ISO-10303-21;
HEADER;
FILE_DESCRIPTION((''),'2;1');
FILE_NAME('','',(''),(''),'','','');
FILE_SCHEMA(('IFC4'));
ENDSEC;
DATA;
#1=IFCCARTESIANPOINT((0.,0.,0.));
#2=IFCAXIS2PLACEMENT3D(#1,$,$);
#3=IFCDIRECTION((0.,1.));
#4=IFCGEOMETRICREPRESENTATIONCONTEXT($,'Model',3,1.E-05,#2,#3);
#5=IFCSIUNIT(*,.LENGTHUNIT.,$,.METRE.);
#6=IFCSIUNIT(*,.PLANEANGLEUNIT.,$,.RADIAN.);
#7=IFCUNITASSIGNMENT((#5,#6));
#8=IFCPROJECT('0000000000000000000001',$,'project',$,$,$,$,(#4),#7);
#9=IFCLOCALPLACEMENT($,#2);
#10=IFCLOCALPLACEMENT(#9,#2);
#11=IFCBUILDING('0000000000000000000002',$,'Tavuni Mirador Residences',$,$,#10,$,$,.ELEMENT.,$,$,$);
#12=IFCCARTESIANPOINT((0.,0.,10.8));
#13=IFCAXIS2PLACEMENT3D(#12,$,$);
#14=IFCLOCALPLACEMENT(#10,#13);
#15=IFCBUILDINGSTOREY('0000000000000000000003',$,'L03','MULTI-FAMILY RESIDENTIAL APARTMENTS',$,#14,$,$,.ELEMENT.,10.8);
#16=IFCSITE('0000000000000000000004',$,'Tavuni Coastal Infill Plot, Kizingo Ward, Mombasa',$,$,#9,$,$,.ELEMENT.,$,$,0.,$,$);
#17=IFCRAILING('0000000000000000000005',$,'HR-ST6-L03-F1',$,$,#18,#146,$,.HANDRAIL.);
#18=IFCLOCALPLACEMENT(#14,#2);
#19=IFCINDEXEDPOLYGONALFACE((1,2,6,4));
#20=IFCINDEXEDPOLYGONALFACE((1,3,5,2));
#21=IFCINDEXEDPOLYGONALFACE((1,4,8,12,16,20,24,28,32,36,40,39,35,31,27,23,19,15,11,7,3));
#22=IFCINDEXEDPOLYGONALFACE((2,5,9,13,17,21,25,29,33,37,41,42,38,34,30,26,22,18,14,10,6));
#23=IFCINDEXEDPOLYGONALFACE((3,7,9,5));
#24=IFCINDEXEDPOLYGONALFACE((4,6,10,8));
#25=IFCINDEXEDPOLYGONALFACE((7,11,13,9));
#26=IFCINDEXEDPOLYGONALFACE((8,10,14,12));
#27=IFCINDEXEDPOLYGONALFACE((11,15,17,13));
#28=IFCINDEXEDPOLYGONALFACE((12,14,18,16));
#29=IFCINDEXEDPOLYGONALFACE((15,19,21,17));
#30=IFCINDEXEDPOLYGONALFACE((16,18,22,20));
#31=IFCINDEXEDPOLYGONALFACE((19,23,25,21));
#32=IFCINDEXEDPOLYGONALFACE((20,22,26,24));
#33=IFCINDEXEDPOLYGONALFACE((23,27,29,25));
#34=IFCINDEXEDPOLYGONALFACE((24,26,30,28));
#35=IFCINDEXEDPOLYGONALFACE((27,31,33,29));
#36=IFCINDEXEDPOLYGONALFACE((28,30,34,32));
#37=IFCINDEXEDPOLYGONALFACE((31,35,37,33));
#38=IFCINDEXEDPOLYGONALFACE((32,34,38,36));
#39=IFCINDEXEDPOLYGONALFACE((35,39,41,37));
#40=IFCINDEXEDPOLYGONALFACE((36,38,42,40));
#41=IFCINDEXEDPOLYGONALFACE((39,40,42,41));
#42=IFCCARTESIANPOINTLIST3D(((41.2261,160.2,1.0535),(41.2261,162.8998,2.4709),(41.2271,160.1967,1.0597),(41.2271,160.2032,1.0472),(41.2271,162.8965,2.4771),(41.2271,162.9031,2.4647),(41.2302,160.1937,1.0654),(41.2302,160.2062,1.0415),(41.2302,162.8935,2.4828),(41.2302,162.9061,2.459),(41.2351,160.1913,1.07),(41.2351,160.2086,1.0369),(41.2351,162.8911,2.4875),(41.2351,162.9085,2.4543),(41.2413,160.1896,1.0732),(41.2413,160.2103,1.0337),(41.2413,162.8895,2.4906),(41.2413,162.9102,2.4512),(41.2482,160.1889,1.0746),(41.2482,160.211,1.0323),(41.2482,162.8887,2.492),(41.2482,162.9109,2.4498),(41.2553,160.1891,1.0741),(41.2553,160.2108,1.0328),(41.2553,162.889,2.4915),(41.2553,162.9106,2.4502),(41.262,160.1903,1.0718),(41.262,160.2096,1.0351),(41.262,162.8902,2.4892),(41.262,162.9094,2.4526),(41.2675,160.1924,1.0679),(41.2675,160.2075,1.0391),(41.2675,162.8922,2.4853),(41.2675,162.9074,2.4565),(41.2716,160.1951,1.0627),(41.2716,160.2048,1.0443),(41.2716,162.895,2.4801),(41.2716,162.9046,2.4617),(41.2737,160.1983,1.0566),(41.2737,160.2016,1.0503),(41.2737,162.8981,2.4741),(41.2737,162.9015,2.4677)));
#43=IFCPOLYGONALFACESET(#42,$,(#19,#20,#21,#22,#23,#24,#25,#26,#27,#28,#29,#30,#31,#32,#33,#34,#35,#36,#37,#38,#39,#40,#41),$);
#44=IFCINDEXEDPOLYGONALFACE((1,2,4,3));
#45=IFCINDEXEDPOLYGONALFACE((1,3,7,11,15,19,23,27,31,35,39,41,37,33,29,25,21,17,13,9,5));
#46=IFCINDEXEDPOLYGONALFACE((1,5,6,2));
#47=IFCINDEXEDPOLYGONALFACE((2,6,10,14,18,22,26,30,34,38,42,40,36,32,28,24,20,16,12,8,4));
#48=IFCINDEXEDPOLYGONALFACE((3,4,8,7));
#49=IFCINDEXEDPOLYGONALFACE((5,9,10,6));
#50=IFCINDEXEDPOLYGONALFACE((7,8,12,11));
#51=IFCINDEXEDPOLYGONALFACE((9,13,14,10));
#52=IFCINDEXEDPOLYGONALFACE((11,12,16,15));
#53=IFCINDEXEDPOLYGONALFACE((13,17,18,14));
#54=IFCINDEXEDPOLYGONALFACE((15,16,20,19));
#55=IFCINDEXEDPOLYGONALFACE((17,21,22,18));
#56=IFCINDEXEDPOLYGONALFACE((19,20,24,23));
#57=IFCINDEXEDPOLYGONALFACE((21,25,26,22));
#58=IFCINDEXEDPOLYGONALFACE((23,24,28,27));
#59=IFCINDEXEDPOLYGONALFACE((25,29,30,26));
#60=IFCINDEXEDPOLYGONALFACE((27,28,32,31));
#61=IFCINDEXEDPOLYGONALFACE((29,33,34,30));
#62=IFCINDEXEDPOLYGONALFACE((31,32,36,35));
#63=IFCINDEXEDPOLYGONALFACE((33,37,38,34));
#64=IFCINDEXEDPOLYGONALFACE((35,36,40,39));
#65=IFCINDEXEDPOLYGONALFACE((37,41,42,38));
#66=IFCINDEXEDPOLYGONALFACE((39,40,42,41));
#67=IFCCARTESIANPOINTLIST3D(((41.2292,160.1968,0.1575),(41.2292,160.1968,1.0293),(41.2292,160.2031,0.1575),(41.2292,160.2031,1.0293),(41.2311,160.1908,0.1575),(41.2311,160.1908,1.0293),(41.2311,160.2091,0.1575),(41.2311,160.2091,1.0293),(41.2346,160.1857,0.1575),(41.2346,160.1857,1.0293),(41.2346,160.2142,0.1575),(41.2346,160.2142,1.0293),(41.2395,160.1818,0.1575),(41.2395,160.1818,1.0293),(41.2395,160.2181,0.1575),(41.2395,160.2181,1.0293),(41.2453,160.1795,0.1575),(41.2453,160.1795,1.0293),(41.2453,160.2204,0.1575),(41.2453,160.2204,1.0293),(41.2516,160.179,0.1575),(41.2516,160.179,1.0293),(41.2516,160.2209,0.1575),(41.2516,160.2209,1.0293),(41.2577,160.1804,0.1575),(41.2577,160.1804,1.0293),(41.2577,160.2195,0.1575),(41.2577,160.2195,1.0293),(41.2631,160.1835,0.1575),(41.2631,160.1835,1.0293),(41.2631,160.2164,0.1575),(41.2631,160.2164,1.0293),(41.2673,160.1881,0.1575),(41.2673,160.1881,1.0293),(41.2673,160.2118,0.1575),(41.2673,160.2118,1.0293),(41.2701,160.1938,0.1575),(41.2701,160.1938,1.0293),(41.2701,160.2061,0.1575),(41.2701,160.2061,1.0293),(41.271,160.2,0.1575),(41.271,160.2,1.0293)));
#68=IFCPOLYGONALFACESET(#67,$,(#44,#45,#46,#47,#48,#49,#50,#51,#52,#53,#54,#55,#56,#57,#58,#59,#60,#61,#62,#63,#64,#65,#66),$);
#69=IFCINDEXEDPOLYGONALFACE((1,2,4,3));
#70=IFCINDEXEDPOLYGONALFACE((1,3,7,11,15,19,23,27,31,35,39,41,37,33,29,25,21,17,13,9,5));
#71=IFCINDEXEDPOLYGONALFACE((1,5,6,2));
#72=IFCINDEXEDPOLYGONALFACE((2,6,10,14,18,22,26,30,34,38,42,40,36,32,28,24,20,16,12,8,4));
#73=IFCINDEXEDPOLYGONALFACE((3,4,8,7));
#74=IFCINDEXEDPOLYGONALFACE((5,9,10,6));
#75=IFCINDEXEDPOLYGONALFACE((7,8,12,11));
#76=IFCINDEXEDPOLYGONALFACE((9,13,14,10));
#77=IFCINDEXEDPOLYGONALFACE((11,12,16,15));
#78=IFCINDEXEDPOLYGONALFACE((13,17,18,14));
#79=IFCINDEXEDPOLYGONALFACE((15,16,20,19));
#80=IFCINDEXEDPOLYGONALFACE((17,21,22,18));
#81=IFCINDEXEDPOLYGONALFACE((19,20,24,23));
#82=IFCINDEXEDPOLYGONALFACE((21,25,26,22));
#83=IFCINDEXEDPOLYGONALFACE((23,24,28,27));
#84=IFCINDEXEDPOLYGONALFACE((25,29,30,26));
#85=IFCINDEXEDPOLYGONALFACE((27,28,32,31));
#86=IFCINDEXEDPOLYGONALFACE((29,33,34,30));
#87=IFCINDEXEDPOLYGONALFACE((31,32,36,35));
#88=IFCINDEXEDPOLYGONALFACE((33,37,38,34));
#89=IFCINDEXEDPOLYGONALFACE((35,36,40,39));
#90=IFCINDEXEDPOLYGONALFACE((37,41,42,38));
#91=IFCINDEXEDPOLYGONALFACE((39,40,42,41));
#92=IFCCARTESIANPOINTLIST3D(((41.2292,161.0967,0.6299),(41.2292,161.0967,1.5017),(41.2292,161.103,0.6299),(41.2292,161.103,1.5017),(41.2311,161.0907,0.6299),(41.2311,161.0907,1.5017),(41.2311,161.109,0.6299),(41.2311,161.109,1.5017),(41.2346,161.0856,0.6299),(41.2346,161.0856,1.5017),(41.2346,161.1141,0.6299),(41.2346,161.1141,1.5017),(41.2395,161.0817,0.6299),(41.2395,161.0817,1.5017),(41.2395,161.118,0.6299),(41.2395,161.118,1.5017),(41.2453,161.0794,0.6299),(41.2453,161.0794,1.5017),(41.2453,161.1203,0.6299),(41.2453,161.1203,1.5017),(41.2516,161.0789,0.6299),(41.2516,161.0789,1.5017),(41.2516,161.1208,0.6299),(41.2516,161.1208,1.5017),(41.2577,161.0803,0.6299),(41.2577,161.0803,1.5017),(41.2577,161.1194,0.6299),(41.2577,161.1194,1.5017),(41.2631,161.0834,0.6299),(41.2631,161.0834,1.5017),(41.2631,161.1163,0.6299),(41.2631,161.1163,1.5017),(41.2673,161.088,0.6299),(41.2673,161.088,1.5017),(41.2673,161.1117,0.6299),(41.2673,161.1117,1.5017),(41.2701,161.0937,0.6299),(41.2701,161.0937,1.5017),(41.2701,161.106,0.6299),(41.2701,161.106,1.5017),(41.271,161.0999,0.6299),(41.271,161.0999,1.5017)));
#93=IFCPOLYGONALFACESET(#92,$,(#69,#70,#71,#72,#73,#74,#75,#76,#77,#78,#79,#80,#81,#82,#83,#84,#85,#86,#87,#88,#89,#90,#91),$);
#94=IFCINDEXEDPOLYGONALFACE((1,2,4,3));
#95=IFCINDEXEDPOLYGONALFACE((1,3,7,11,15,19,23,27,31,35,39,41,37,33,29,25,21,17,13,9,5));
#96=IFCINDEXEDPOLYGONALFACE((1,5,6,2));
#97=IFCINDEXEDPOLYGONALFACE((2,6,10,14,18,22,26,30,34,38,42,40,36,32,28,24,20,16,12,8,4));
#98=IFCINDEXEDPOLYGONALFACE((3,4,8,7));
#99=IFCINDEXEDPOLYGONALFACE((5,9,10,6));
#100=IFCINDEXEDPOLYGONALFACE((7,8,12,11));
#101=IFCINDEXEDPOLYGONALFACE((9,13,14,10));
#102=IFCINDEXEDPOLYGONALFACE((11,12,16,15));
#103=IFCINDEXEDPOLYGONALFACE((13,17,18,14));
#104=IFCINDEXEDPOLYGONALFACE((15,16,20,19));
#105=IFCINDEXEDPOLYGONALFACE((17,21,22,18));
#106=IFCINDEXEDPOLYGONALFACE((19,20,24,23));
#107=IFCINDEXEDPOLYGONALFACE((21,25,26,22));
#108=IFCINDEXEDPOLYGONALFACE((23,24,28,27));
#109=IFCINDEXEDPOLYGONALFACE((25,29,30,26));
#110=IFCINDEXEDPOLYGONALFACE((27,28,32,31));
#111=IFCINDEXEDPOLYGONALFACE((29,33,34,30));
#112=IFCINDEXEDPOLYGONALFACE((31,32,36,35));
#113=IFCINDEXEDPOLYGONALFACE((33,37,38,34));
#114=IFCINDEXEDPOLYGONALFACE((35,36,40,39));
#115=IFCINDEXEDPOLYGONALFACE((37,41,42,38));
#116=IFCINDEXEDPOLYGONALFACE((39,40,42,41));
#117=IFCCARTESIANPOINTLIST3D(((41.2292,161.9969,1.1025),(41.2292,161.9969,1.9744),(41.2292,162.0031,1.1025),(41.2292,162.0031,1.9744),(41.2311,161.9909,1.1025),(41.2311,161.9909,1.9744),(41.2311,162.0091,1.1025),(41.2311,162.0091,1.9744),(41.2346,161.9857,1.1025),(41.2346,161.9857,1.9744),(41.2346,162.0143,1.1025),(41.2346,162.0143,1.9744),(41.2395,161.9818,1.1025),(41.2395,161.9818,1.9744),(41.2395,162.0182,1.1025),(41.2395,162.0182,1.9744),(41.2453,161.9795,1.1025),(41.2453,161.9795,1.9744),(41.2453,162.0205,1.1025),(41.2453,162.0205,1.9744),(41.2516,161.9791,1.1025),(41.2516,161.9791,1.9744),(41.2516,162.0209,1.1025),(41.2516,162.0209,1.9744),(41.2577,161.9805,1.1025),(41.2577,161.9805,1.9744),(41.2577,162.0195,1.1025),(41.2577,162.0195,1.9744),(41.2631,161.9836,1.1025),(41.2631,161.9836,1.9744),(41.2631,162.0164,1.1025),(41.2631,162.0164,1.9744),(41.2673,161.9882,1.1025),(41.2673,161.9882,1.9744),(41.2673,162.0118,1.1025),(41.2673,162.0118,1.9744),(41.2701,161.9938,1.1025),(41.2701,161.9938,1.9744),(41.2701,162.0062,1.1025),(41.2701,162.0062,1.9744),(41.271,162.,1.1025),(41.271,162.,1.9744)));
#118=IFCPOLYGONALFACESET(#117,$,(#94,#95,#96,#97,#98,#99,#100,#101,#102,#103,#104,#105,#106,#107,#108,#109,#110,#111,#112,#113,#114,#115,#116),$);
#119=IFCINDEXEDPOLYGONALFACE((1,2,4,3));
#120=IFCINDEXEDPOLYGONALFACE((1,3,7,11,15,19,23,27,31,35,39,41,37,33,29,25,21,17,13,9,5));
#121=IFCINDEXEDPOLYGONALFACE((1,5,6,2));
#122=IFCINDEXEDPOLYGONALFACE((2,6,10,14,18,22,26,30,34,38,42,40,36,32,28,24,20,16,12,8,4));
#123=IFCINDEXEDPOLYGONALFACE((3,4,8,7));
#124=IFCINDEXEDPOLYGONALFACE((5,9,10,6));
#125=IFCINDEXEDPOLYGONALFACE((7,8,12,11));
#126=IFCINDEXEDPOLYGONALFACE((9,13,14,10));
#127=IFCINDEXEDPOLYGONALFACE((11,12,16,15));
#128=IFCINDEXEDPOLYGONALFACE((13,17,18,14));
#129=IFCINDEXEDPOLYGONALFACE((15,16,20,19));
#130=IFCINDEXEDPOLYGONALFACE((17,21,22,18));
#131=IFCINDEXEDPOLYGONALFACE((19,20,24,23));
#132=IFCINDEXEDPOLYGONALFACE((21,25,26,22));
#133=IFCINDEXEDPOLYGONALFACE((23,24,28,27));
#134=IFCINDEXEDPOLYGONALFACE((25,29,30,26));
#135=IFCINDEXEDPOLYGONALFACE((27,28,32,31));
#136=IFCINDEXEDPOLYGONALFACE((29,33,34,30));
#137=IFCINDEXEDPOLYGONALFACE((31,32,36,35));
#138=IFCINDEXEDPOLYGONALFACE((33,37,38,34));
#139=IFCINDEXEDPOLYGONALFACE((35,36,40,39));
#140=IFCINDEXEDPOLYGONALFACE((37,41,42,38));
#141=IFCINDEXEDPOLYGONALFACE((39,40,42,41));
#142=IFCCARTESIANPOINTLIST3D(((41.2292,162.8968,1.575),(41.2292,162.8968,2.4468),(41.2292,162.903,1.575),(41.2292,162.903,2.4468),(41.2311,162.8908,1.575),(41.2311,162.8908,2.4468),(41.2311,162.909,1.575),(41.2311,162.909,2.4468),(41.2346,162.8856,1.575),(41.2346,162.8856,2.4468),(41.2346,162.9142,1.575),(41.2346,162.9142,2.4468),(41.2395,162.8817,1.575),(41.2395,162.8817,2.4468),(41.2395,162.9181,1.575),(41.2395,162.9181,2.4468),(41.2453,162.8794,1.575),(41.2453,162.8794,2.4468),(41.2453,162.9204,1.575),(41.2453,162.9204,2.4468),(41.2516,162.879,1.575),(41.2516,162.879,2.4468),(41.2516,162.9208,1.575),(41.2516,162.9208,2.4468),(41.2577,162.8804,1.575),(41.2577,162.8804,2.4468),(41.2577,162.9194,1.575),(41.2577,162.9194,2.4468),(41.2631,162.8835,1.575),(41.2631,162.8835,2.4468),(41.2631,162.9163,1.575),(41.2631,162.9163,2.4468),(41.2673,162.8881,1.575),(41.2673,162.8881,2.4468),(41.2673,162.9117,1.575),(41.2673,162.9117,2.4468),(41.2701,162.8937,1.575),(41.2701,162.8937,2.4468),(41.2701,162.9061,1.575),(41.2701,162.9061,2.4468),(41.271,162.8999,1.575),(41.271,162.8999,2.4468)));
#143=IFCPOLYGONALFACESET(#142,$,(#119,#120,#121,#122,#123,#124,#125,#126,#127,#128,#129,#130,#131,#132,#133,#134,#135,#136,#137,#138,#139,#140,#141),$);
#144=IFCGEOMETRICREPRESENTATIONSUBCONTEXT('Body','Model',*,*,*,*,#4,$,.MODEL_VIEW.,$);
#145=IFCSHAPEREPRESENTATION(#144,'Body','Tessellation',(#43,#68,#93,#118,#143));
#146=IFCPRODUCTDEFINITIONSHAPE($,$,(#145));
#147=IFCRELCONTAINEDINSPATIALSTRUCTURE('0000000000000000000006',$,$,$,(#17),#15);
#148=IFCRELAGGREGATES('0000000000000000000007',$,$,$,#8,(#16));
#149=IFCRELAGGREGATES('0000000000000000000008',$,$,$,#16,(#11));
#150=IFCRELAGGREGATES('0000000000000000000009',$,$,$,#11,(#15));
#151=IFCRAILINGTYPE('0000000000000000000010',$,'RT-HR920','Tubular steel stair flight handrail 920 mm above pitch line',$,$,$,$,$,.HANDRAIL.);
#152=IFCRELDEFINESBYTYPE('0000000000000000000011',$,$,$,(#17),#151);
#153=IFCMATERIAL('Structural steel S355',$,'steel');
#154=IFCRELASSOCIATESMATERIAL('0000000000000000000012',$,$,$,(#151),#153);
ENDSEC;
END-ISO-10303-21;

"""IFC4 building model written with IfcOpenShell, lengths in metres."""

from ifc_helpers import new_model, si_unit, direction, frame, origin, origin_2d, place, context, subcontext, project, spatial, circle, extrude, material, type_object, element, save


model = new_model("IFC4")

# Units and contexts
model_context = context("Model", 3, precision=1e-05, world=origin(), true_north=direction((0.0, 1.0)))
body_context = subcontext(model_context, "Body", "Model", "MODEL_VIEW")
ifc_project = project(units=[si_unit("LENGTHUNIT", "METRE"), si_unit("PLANEANGLEUNIT", "RADIAN")], contexts=[model_context])

# Site, building, storey
site_placement = place(None, origin())
site = spatial("IfcSite", under=ifc_project, at=site_placement, Name="Tavuni Coastal Infill Plot, Kizingo Ward, Mombasa", CompositionType="ELEMENT", RefElevation=0.0)
building_placement = place(site_placement, origin())
building = spatial("IfcBuilding", under=site, at=building_placement, Name="Tavuni Mirador Residences", CompositionType="ELEMENT")
storey_placement = place(building_placement, frame((0.0, 0.0, 10.8)))
storey = spatial("IfcBuildingStorey", under=building, at=storey_placement, Name="L03", Description="MULTI-FAMILY RESIDENTIAL APARTMENTS", CompositionType="ELEMENT", Elevation=10.8)

# Shared definitions
ifc_material_1 = material(Name="Structural steel S355", Category="steel")

# Railing
railing_type_1 = type_object("IfcRailingType", Name="RT-HR920", Description="Tubular steel stair flight handrail 920 mm above pitch line", PredefinedType="HANDRAIL", material=ifc_material_1)
railing_1_placement = place(storey_placement, frame((41.25, 160.2, 0.1575)))
element("IfcRailing", 1, at=railing_1_placement, inside=storey, type_object=railing_type_1, Name="HR-ST6-L03-F1", PredefinedType="HANDRAIL", context=body_context, shape_type="SweptSolid", body=[
    extrude(circle(Radius=0.0239, at=origin_2d()), frame((0.0, 0.0, 0.896), z_axis=(0.0, 0.885397, 0.464835), x_axis=(-1.0, 0.0, 0.0)), (0.0, 0.0, 1.0), 3.0493),
    extrude(circle(Radius=0.021, at=origin_2d()), origin(), (0.0, 0.0, 1.0), 0.8718),
    extrude(circle(Radius=0.021, at=origin_2d()), frame((0.0, 0.8999, 0.4724)), (0.0, 0.0, 1.0), 0.8718),
    extrude(circle(Radius=0.021, at=origin_2d()), frame((0.0, 1.8, 0.9451)), (0.0, 0.0, 1.0), 0.8718),
    extrude(circle(Radius=0.021, at=origin_2d()), frame((0.0, 2.7, 1.4175)), (0.0, 0.0, 1.0), 0.8718),
])

save(model, "model.ifc")
